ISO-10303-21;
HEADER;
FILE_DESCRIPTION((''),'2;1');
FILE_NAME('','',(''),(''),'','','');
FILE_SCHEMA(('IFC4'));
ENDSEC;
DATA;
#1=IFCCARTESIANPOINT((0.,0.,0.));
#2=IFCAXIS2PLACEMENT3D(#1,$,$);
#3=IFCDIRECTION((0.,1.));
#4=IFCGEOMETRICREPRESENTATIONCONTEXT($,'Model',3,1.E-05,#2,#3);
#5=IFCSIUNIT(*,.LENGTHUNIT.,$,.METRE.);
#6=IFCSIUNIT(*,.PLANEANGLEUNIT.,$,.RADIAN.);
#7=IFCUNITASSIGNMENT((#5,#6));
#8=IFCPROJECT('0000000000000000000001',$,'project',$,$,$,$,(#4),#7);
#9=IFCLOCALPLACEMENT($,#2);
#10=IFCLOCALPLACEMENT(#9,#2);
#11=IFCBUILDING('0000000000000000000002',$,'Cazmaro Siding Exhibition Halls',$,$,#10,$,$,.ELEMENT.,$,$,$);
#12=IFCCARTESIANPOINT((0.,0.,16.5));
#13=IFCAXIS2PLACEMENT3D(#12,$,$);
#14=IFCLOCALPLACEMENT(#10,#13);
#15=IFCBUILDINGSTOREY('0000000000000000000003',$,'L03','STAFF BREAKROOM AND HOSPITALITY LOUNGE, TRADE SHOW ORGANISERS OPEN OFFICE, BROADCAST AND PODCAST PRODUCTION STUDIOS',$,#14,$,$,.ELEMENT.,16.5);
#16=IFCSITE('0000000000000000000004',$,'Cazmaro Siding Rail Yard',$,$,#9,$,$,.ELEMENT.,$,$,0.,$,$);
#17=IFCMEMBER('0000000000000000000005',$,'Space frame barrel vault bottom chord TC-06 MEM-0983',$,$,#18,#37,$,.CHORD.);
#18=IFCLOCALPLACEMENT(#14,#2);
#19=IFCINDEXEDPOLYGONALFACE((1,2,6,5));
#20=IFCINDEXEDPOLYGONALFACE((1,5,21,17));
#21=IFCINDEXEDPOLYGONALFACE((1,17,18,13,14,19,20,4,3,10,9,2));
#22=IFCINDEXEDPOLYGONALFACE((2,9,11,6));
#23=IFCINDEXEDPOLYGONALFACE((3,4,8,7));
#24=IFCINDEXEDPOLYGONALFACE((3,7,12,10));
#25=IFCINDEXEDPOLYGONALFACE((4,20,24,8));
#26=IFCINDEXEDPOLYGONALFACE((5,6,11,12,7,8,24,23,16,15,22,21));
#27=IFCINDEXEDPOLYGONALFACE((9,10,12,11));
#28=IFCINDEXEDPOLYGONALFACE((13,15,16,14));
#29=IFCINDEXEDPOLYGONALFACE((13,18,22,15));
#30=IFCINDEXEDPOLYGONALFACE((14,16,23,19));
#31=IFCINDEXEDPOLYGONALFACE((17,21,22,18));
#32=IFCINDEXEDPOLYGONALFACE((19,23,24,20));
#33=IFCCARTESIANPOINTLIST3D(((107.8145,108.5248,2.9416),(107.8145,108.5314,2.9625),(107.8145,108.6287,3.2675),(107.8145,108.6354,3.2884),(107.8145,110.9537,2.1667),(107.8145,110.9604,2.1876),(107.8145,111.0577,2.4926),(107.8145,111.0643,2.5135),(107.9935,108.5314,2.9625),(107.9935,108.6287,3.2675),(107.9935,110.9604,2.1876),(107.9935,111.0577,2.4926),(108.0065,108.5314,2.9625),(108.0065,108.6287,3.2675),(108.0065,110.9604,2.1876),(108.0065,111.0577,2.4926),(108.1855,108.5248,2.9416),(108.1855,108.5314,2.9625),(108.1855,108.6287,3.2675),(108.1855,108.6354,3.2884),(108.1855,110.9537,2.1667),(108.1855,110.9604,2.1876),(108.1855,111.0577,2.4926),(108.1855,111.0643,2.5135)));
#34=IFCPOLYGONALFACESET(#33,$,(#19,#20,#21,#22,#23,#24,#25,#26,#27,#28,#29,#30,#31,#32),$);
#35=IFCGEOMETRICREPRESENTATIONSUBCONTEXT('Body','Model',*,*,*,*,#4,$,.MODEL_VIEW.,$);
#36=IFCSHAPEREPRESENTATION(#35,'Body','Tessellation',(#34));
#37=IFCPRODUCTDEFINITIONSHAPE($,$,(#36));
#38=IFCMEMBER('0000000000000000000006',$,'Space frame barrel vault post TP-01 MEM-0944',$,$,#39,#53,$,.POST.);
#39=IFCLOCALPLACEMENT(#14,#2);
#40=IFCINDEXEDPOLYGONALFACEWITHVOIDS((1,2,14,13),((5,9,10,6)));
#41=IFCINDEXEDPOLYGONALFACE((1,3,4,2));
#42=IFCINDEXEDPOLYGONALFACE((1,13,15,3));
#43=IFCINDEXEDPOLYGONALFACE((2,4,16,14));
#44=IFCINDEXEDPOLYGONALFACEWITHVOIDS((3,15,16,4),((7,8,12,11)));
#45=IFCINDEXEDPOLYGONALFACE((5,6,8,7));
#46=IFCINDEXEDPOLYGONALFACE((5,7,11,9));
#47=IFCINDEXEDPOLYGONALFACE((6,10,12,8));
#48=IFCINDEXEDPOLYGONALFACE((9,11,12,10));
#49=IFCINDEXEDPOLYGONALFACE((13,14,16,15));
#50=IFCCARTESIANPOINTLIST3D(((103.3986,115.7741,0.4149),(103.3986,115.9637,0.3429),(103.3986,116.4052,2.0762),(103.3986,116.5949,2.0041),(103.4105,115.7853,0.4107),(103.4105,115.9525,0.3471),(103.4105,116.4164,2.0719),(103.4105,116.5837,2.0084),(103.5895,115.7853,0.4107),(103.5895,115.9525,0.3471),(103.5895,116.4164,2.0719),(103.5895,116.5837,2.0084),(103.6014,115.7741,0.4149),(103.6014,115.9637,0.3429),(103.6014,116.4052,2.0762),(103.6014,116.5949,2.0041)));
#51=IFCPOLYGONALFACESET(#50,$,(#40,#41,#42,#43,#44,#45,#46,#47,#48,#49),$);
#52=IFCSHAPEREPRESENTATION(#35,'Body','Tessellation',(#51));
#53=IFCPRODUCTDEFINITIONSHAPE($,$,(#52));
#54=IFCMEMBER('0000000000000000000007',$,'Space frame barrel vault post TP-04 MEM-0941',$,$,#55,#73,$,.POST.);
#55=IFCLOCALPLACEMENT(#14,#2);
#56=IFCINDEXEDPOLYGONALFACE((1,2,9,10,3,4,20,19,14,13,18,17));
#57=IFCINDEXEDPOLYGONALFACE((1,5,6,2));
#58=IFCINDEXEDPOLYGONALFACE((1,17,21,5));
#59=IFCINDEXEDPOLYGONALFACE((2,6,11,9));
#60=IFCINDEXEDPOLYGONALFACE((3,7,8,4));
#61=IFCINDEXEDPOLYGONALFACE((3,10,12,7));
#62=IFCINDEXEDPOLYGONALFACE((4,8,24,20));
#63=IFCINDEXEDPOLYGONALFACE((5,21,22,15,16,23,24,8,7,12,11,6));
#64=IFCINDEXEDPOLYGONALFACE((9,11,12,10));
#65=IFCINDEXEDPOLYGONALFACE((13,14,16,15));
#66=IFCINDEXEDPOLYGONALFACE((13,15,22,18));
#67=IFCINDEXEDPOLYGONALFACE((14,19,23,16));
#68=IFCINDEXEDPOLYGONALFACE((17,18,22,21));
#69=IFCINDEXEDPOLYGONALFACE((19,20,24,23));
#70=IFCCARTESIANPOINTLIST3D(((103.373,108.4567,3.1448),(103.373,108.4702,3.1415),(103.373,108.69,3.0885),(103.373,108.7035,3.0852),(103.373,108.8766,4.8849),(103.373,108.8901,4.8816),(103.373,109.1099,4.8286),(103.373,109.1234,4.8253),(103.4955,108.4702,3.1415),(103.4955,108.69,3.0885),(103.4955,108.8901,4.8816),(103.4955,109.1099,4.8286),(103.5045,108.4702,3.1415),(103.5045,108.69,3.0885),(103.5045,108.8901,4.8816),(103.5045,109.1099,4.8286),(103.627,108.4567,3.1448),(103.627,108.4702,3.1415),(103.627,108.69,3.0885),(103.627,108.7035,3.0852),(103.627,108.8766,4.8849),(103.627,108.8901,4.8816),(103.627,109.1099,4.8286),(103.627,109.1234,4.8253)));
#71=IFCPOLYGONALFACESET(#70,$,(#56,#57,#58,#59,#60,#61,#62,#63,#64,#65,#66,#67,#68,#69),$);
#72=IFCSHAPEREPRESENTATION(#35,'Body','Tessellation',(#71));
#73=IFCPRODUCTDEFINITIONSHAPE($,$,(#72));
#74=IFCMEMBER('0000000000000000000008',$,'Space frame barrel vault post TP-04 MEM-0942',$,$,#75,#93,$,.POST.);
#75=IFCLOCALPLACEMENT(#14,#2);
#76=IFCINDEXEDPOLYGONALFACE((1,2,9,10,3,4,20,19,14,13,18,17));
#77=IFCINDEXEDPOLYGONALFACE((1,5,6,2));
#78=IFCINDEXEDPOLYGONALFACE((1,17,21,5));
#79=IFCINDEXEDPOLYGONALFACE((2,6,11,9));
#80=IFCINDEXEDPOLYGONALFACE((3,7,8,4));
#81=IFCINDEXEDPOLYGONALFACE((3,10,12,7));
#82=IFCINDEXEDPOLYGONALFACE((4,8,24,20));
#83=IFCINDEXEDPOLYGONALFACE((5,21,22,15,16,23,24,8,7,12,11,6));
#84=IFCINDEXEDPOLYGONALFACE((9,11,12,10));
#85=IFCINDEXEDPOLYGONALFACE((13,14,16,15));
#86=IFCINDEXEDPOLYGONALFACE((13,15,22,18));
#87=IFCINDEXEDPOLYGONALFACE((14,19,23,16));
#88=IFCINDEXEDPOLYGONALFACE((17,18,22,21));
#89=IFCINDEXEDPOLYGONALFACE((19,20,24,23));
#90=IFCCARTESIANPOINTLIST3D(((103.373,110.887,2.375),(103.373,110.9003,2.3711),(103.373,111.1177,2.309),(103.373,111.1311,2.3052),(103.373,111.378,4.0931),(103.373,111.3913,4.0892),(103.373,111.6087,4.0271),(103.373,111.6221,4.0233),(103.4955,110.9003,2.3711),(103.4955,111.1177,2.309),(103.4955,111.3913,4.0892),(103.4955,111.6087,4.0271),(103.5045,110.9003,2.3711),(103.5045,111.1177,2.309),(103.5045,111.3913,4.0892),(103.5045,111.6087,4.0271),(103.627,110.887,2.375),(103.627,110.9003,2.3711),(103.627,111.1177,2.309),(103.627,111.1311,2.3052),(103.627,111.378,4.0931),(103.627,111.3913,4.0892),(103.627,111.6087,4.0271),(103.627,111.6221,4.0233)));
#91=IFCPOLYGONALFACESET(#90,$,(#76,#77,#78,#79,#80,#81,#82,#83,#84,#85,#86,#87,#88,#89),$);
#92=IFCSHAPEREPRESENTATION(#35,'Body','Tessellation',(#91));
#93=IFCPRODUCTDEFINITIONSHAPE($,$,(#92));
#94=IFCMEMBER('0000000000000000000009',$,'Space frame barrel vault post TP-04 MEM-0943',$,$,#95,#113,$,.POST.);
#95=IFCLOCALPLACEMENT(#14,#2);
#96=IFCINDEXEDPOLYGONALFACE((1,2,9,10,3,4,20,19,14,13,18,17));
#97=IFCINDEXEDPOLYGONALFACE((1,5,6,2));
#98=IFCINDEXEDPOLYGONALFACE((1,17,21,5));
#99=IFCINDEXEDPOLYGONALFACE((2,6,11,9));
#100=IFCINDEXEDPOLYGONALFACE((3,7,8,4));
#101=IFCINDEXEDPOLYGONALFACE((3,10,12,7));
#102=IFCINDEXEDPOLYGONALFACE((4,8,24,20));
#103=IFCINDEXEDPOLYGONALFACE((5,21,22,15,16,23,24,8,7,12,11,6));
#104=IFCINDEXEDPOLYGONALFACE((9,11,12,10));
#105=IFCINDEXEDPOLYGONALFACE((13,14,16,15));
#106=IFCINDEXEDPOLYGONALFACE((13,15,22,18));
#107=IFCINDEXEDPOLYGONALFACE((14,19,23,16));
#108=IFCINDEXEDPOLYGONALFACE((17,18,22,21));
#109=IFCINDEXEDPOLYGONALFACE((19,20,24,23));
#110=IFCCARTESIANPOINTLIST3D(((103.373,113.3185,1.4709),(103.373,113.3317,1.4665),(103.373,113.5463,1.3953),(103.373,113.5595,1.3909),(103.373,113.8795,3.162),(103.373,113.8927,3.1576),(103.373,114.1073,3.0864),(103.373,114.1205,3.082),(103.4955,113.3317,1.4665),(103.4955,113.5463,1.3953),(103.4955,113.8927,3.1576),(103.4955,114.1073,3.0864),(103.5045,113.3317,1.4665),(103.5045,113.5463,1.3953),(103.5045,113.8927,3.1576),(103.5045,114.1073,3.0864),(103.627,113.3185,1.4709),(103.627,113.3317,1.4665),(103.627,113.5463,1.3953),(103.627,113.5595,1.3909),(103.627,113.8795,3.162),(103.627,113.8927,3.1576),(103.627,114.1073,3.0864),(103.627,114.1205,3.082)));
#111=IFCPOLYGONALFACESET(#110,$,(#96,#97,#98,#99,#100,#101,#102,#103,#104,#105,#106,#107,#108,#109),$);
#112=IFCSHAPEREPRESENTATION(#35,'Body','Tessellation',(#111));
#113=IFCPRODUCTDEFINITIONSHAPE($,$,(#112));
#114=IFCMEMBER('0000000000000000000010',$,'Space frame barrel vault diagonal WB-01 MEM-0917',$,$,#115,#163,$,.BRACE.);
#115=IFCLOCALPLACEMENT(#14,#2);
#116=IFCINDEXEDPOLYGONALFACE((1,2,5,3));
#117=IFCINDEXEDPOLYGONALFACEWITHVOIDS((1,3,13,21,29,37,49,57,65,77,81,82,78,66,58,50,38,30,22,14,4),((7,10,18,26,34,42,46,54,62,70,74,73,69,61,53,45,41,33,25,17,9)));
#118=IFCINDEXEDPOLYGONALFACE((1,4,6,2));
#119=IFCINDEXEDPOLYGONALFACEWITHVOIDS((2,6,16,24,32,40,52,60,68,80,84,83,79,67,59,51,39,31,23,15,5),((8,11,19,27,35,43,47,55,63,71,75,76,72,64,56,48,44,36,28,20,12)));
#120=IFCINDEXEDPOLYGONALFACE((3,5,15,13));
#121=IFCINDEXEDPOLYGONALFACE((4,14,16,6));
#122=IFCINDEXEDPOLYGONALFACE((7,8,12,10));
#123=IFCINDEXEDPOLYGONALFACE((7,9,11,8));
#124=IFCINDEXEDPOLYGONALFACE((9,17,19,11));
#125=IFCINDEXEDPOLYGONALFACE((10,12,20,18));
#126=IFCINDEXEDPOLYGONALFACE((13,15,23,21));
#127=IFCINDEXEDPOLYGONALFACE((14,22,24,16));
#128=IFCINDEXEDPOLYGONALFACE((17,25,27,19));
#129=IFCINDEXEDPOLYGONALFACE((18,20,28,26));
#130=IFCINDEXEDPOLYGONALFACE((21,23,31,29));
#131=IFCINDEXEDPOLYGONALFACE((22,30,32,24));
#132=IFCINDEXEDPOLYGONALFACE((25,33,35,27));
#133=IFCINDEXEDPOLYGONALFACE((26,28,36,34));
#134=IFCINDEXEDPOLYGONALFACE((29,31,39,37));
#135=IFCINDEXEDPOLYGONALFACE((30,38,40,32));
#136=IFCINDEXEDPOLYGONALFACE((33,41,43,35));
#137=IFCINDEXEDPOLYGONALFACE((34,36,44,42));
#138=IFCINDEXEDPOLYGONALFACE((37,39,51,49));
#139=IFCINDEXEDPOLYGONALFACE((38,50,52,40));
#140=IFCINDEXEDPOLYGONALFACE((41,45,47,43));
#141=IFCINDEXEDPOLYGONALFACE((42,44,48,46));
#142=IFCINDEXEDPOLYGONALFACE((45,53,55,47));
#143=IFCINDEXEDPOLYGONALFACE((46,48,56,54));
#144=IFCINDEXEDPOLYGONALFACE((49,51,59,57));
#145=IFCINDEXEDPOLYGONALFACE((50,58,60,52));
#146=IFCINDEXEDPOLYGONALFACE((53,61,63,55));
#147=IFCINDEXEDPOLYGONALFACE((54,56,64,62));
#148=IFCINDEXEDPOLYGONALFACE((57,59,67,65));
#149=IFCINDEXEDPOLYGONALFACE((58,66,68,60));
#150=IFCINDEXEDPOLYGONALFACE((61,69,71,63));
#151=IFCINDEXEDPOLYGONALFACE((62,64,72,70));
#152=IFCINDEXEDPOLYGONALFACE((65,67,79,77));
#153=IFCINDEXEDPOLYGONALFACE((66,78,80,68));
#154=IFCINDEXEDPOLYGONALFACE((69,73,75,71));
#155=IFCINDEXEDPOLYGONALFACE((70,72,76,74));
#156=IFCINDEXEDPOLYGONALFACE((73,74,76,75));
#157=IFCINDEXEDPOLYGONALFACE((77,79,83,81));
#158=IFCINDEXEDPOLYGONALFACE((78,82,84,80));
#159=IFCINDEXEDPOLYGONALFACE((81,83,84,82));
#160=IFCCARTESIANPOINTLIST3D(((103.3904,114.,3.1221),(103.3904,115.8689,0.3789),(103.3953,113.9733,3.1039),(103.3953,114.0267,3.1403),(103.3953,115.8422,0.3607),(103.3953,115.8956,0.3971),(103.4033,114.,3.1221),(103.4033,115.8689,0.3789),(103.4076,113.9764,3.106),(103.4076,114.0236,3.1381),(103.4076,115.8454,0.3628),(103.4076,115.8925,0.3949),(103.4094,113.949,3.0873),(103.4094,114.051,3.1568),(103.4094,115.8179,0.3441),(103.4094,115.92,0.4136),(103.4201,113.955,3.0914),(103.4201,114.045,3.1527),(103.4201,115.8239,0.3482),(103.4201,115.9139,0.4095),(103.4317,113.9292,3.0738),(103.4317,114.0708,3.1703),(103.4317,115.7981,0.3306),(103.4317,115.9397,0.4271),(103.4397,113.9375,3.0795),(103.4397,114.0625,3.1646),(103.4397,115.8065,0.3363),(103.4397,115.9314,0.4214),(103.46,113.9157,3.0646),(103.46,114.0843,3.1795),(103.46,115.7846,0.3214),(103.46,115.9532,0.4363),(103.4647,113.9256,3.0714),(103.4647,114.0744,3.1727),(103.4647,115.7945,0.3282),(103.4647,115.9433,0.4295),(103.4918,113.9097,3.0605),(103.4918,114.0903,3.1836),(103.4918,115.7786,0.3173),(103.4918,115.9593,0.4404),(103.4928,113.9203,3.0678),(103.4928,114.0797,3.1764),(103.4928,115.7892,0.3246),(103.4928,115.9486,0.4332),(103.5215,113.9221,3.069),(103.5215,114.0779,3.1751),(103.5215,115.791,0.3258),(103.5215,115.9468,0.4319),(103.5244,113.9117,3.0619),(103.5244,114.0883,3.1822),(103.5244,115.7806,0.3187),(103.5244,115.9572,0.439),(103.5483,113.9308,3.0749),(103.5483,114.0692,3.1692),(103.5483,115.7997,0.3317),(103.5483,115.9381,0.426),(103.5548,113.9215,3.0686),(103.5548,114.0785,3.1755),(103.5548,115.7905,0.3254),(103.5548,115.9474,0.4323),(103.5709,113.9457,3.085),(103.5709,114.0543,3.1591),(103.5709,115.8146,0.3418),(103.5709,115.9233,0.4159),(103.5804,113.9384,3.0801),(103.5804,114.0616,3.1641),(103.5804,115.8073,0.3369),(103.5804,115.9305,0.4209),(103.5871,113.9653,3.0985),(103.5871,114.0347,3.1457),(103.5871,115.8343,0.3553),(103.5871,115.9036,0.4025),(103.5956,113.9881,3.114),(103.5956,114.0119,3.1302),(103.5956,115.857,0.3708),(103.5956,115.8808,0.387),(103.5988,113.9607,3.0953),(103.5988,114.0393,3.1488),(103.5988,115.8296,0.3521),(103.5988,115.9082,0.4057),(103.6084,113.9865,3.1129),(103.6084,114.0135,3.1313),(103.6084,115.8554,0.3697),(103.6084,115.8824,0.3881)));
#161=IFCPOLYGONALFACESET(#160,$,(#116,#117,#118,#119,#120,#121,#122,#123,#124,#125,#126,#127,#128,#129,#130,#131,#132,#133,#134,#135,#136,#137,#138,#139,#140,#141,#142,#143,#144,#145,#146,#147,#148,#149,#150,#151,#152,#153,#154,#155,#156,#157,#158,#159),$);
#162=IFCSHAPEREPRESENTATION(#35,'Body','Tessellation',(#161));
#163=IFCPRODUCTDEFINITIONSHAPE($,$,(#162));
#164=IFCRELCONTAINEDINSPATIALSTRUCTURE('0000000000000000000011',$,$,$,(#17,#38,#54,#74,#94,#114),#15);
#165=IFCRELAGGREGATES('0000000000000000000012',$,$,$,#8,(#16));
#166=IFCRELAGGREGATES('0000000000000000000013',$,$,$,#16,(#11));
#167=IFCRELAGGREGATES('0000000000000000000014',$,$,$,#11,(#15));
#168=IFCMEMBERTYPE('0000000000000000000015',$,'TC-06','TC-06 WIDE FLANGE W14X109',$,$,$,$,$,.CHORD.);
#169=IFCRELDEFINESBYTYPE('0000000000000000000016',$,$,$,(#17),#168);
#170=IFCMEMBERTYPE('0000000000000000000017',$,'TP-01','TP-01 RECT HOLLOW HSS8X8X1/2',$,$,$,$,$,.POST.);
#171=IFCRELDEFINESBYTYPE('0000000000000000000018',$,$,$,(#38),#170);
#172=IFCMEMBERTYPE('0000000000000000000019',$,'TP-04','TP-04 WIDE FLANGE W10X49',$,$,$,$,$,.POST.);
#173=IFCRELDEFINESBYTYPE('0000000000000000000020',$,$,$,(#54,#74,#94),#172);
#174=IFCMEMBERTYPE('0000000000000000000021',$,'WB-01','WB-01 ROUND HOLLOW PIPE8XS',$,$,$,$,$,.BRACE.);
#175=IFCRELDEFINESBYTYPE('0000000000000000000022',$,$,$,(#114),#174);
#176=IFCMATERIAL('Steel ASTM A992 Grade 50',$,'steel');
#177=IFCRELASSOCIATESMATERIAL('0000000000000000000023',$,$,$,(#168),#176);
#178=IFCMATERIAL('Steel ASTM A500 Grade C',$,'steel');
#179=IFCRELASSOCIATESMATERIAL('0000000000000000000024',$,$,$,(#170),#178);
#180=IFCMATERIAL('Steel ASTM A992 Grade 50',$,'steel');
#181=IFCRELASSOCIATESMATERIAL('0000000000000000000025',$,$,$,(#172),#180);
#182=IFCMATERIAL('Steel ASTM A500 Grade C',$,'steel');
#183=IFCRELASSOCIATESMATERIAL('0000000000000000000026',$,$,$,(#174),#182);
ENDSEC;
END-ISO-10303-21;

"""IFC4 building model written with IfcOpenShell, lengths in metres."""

from ifc_helpers import new_model, si_unit, direction, frame, origin, origin_2d, place, context, subcontext, project, spatial, hollow_rectangle, hollow_circle, i_section, extrude, material, material_profile, profile_set, type_object, element, save


model = new_model("IFC4")

# Units and contexts
model_context = context("Model", 3, precision=1e-05, world=origin(), true_north=direction((0.0, 1.0)))
body_context = subcontext(model_context, "Body", "Model", "MODEL_VIEW")
ifc_project = project(units=[si_unit("LENGTHUNIT", "METRE"), si_unit("PLANEANGLEUNIT", "RADIAN")], contexts=[model_context])

# Site, building, storey
site_placement = place(None, origin())
site = spatial("IfcSite", under=ifc_project, at=site_placement, Name="Cazmaro Siding Rail Yard", CompositionType="ELEMENT", RefElevation=0.0)
building_placement = place(site_placement, origin())
building = spatial("IfcBuilding", under=site, at=building_placement, Name="Cazmaro Siding Exhibition Halls", CompositionType="ELEMENT")
storey_placement = place(building_placement, frame((0.0, 0.0, 16.5)))
storey = spatial("IfcBuildingStorey", under=building, at=storey_placement, Name="L03", Description="STAFF BREAKROOM AND HOSPITALITY LOUNGE, TRADE SHOW ORGANISERS OPEN OFFICE, BROADCAST AND PODCAST PRODUCTION STUDIOS", CompositionType="ELEMENT", Elevation=16.5)

# Members
ifc_material_1 = material(Name="Steel ASTM A992 Grade 50", Category="steel")
ifc_material_profile_1 = material_profile(ifc_material_1, i_section(OverallWidth=0.3711, OverallDepth=0.364, WebThickness=0.0129, FlangeThickness=0.022, at=origin_2d()), Name="W14X109")
ifc_profile_set_1 = profile_set([ifc_material_profile_1], Name="Steel ASTM A992 Grade 50")
member_type_1 = type_object("IfcMemberType", Name="TC-06", Description="TC-06 WIDE FLANGE W14X109", PredefinedType="CHORD", material=ifc_profile_set_1)
member_1_placement = place(storey_placement, frame((108.0, 108.5801, 3.115), z_axis=(0.0, 0.952693, -0.303935), x_axis=(-1.0, 0.0, 0.0)))
element("IfcMember", 1, at=member_1_placement, inside=storey, type_object=member_type_1, Name="Space frame barrel vault bottom chord TC-06 MEM-0983", PredefinedType="CHORD", context=body_context, shape_type="SweptSolid", body=[
    extrude(i_section(OverallWidth=0.3711, OverallDepth=0.364, WebThickness=0.0129, FlangeThickness=0.022, at=origin_2d()), origin(), (0.0, 0.0, 1.0), 2.5496),
])
ifc_material_2 = material(Name="Steel ASTM A500 Grade C", Category="steel")
ifc_material_profile_2 = material_profile(ifc_material_2, hollow_rectangle(XDim=0.2029, YDim=0.2029, WallThickness=0.012, at=origin_2d()), Name="HSS8X8X1/2")
ifc_profile_set_2 = profile_set([ifc_material_profile_2], Name="Steel ASTM A500 Grade C")
member_type_2 = type_object("IfcMemberType", Name="TP-01", Description="TP-01 RECT HOLLOW HSS8X8X1/2", PredefinedType="POST", material=ifc_profile_set_2)
member_2_placement = place(storey_placement, frame((103.5, 115.8689, 0.3789), z_axis=(0.0, 0.355155, 0.934807), x_axis=(-1.0, 0.0, 0.0)))
element("IfcMember", 2, at=member_2_placement, inside=storey, type_object=member_type_2, Name="Space frame barrel vault post TP-01 MEM-0944", PredefinedType="POST", context=body_context, shape_type="SweptSolid", body=[
    extrude(hollow_rectangle(XDim=0.2029, YDim=0.2029, WallThickness=0.012, at=origin_2d()), origin(), (0.0, 0.0, 1.0), 1.7771),
])
ifc_material_3 = material(Name="Steel ASTM A992 Grade 50", Category="steel")
ifc_material_profile_3 = material_profile(ifc_material_3, i_section(OverallWidth=0.2539, OverallDepth=0.2539, WebThickness=0.009, FlangeThickness=0.0139, at=origin_2d()), Name="W10X49")
ifc_profile_set_3 = profile_set([ifc_material_profile_3], Name="Steel ASTM A992 Grade 50")
member_type_3 = type_object("IfcMemberType", Name="TP-04", Description="TP-04 WIDE FLANGE W10X49", PredefinedType="POST", material=ifc_profile_set_3)
member_3_placement = place(storey_placement, frame((103.5, 108.5801, 3.115), z_axis=(0.0, 0.234601, 0.972092), x_axis=(-1.0, 0.0, 0.0)))
element("IfcMember", 3, at=member_3_placement, inside=storey, type_object=member_type_3, Name="Space frame barrel vault post TP-04 MEM-0941", PredefinedType="POST", context=body_context, shape_type="SweptSolid", body=[
    extrude(i_section(OverallWidth=0.2539, OverallDepth=0.2539, WebThickness=0.009, FlangeThickness=0.0139, at=origin_2d()), origin(), (0.0, 0.0, 1.0), 1.79),
])
member_4_placement = place(storey_placement, frame((103.5, 111.009, 2.3401), z_axis=(0.0, 0.274775, 0.961508), x_axis=(-1.0, 0.0, 0.0)))
element("IfcMember", 4, at=member_4_placement, inside=storey, type_object=member_type_3, Name="Space frame barrel vault post TP-04 MEM-0942", PredefinedType="POST", context=body_context, shape_type="SweptSolid", body=[
    extrude(i_section(OverallWidth=0.2539, OverallDepth=0.2539, WebThickness=0.009, FlangeThickness=0.0139, at=origin_2d()), origin(), (0.0, 0.0, 1.0), 1.7869),
])
member_5_placement = place(storey_placement, frame((103.5, 113.439, 1.4309), z_axis=(0.0, 0.314871, 0.949134), x_axis=(-1.0, 0.0, 0.0)))
element("IfcMember", 5, at=member_5_placement, inside=storey, type_object=member_type_3, Name="Space frame barrel vault post TP-04 MEM-0943", PredefinedType="POST", context=body_context, shape_type="SweptSolid", body=[
    extrude(i_section(OverallWidth=0.2539, OverallDepth=0.2539, WebThickness=0.009, FlangeThickness=0.0139, at=origin_2d()), origin(), (0.0, 0.0, 1.0), 1.7817),
])
ifc_material_4 = material(Name="Steel ASTM A500 Grade C", Category="steel")
ifc_material_profile_4 = material_profile(ifc_material_4, hollow_circle(Radius=0.1096, WallThickness=0.0129, at=origin_2d()), Name="PIPE8XS")
ifc_profile_set_4 = profile_set([ifc_material_profile_4], Name="Steel ASTM A500 Grade C")
member_type_4 = type_object("IfcMemberType", Name="WB-01", Description="WB-01 ROUND HOLLOW PIPE8XS", PredefinedType="BRACE", material=ifc_profile_set_4)
member_6_placement = place(storey_placement, frame((103.5, 114.0, 3.1221), z_axis=(0.0, 0.56304, -0.82643), x_axis=(-1.0, 0.0, 0.0)))
element("IfcMember", 6, at=member_6_placement, inside=storey, type_object=member_type_4, Name="Space frame barrel vault diagonal WB-01 MEM-0917", PredefinedType="BRACE", context=body_context, shape_type="SweptSolid", body=[
    extrude(hollow_circle(Radius=0.1096, WallThickness=0.0129, at=origin_2d()), origin(), (0.0, 0.0, 1.0), 3.3193),
])

save(model, "model.ifc")
